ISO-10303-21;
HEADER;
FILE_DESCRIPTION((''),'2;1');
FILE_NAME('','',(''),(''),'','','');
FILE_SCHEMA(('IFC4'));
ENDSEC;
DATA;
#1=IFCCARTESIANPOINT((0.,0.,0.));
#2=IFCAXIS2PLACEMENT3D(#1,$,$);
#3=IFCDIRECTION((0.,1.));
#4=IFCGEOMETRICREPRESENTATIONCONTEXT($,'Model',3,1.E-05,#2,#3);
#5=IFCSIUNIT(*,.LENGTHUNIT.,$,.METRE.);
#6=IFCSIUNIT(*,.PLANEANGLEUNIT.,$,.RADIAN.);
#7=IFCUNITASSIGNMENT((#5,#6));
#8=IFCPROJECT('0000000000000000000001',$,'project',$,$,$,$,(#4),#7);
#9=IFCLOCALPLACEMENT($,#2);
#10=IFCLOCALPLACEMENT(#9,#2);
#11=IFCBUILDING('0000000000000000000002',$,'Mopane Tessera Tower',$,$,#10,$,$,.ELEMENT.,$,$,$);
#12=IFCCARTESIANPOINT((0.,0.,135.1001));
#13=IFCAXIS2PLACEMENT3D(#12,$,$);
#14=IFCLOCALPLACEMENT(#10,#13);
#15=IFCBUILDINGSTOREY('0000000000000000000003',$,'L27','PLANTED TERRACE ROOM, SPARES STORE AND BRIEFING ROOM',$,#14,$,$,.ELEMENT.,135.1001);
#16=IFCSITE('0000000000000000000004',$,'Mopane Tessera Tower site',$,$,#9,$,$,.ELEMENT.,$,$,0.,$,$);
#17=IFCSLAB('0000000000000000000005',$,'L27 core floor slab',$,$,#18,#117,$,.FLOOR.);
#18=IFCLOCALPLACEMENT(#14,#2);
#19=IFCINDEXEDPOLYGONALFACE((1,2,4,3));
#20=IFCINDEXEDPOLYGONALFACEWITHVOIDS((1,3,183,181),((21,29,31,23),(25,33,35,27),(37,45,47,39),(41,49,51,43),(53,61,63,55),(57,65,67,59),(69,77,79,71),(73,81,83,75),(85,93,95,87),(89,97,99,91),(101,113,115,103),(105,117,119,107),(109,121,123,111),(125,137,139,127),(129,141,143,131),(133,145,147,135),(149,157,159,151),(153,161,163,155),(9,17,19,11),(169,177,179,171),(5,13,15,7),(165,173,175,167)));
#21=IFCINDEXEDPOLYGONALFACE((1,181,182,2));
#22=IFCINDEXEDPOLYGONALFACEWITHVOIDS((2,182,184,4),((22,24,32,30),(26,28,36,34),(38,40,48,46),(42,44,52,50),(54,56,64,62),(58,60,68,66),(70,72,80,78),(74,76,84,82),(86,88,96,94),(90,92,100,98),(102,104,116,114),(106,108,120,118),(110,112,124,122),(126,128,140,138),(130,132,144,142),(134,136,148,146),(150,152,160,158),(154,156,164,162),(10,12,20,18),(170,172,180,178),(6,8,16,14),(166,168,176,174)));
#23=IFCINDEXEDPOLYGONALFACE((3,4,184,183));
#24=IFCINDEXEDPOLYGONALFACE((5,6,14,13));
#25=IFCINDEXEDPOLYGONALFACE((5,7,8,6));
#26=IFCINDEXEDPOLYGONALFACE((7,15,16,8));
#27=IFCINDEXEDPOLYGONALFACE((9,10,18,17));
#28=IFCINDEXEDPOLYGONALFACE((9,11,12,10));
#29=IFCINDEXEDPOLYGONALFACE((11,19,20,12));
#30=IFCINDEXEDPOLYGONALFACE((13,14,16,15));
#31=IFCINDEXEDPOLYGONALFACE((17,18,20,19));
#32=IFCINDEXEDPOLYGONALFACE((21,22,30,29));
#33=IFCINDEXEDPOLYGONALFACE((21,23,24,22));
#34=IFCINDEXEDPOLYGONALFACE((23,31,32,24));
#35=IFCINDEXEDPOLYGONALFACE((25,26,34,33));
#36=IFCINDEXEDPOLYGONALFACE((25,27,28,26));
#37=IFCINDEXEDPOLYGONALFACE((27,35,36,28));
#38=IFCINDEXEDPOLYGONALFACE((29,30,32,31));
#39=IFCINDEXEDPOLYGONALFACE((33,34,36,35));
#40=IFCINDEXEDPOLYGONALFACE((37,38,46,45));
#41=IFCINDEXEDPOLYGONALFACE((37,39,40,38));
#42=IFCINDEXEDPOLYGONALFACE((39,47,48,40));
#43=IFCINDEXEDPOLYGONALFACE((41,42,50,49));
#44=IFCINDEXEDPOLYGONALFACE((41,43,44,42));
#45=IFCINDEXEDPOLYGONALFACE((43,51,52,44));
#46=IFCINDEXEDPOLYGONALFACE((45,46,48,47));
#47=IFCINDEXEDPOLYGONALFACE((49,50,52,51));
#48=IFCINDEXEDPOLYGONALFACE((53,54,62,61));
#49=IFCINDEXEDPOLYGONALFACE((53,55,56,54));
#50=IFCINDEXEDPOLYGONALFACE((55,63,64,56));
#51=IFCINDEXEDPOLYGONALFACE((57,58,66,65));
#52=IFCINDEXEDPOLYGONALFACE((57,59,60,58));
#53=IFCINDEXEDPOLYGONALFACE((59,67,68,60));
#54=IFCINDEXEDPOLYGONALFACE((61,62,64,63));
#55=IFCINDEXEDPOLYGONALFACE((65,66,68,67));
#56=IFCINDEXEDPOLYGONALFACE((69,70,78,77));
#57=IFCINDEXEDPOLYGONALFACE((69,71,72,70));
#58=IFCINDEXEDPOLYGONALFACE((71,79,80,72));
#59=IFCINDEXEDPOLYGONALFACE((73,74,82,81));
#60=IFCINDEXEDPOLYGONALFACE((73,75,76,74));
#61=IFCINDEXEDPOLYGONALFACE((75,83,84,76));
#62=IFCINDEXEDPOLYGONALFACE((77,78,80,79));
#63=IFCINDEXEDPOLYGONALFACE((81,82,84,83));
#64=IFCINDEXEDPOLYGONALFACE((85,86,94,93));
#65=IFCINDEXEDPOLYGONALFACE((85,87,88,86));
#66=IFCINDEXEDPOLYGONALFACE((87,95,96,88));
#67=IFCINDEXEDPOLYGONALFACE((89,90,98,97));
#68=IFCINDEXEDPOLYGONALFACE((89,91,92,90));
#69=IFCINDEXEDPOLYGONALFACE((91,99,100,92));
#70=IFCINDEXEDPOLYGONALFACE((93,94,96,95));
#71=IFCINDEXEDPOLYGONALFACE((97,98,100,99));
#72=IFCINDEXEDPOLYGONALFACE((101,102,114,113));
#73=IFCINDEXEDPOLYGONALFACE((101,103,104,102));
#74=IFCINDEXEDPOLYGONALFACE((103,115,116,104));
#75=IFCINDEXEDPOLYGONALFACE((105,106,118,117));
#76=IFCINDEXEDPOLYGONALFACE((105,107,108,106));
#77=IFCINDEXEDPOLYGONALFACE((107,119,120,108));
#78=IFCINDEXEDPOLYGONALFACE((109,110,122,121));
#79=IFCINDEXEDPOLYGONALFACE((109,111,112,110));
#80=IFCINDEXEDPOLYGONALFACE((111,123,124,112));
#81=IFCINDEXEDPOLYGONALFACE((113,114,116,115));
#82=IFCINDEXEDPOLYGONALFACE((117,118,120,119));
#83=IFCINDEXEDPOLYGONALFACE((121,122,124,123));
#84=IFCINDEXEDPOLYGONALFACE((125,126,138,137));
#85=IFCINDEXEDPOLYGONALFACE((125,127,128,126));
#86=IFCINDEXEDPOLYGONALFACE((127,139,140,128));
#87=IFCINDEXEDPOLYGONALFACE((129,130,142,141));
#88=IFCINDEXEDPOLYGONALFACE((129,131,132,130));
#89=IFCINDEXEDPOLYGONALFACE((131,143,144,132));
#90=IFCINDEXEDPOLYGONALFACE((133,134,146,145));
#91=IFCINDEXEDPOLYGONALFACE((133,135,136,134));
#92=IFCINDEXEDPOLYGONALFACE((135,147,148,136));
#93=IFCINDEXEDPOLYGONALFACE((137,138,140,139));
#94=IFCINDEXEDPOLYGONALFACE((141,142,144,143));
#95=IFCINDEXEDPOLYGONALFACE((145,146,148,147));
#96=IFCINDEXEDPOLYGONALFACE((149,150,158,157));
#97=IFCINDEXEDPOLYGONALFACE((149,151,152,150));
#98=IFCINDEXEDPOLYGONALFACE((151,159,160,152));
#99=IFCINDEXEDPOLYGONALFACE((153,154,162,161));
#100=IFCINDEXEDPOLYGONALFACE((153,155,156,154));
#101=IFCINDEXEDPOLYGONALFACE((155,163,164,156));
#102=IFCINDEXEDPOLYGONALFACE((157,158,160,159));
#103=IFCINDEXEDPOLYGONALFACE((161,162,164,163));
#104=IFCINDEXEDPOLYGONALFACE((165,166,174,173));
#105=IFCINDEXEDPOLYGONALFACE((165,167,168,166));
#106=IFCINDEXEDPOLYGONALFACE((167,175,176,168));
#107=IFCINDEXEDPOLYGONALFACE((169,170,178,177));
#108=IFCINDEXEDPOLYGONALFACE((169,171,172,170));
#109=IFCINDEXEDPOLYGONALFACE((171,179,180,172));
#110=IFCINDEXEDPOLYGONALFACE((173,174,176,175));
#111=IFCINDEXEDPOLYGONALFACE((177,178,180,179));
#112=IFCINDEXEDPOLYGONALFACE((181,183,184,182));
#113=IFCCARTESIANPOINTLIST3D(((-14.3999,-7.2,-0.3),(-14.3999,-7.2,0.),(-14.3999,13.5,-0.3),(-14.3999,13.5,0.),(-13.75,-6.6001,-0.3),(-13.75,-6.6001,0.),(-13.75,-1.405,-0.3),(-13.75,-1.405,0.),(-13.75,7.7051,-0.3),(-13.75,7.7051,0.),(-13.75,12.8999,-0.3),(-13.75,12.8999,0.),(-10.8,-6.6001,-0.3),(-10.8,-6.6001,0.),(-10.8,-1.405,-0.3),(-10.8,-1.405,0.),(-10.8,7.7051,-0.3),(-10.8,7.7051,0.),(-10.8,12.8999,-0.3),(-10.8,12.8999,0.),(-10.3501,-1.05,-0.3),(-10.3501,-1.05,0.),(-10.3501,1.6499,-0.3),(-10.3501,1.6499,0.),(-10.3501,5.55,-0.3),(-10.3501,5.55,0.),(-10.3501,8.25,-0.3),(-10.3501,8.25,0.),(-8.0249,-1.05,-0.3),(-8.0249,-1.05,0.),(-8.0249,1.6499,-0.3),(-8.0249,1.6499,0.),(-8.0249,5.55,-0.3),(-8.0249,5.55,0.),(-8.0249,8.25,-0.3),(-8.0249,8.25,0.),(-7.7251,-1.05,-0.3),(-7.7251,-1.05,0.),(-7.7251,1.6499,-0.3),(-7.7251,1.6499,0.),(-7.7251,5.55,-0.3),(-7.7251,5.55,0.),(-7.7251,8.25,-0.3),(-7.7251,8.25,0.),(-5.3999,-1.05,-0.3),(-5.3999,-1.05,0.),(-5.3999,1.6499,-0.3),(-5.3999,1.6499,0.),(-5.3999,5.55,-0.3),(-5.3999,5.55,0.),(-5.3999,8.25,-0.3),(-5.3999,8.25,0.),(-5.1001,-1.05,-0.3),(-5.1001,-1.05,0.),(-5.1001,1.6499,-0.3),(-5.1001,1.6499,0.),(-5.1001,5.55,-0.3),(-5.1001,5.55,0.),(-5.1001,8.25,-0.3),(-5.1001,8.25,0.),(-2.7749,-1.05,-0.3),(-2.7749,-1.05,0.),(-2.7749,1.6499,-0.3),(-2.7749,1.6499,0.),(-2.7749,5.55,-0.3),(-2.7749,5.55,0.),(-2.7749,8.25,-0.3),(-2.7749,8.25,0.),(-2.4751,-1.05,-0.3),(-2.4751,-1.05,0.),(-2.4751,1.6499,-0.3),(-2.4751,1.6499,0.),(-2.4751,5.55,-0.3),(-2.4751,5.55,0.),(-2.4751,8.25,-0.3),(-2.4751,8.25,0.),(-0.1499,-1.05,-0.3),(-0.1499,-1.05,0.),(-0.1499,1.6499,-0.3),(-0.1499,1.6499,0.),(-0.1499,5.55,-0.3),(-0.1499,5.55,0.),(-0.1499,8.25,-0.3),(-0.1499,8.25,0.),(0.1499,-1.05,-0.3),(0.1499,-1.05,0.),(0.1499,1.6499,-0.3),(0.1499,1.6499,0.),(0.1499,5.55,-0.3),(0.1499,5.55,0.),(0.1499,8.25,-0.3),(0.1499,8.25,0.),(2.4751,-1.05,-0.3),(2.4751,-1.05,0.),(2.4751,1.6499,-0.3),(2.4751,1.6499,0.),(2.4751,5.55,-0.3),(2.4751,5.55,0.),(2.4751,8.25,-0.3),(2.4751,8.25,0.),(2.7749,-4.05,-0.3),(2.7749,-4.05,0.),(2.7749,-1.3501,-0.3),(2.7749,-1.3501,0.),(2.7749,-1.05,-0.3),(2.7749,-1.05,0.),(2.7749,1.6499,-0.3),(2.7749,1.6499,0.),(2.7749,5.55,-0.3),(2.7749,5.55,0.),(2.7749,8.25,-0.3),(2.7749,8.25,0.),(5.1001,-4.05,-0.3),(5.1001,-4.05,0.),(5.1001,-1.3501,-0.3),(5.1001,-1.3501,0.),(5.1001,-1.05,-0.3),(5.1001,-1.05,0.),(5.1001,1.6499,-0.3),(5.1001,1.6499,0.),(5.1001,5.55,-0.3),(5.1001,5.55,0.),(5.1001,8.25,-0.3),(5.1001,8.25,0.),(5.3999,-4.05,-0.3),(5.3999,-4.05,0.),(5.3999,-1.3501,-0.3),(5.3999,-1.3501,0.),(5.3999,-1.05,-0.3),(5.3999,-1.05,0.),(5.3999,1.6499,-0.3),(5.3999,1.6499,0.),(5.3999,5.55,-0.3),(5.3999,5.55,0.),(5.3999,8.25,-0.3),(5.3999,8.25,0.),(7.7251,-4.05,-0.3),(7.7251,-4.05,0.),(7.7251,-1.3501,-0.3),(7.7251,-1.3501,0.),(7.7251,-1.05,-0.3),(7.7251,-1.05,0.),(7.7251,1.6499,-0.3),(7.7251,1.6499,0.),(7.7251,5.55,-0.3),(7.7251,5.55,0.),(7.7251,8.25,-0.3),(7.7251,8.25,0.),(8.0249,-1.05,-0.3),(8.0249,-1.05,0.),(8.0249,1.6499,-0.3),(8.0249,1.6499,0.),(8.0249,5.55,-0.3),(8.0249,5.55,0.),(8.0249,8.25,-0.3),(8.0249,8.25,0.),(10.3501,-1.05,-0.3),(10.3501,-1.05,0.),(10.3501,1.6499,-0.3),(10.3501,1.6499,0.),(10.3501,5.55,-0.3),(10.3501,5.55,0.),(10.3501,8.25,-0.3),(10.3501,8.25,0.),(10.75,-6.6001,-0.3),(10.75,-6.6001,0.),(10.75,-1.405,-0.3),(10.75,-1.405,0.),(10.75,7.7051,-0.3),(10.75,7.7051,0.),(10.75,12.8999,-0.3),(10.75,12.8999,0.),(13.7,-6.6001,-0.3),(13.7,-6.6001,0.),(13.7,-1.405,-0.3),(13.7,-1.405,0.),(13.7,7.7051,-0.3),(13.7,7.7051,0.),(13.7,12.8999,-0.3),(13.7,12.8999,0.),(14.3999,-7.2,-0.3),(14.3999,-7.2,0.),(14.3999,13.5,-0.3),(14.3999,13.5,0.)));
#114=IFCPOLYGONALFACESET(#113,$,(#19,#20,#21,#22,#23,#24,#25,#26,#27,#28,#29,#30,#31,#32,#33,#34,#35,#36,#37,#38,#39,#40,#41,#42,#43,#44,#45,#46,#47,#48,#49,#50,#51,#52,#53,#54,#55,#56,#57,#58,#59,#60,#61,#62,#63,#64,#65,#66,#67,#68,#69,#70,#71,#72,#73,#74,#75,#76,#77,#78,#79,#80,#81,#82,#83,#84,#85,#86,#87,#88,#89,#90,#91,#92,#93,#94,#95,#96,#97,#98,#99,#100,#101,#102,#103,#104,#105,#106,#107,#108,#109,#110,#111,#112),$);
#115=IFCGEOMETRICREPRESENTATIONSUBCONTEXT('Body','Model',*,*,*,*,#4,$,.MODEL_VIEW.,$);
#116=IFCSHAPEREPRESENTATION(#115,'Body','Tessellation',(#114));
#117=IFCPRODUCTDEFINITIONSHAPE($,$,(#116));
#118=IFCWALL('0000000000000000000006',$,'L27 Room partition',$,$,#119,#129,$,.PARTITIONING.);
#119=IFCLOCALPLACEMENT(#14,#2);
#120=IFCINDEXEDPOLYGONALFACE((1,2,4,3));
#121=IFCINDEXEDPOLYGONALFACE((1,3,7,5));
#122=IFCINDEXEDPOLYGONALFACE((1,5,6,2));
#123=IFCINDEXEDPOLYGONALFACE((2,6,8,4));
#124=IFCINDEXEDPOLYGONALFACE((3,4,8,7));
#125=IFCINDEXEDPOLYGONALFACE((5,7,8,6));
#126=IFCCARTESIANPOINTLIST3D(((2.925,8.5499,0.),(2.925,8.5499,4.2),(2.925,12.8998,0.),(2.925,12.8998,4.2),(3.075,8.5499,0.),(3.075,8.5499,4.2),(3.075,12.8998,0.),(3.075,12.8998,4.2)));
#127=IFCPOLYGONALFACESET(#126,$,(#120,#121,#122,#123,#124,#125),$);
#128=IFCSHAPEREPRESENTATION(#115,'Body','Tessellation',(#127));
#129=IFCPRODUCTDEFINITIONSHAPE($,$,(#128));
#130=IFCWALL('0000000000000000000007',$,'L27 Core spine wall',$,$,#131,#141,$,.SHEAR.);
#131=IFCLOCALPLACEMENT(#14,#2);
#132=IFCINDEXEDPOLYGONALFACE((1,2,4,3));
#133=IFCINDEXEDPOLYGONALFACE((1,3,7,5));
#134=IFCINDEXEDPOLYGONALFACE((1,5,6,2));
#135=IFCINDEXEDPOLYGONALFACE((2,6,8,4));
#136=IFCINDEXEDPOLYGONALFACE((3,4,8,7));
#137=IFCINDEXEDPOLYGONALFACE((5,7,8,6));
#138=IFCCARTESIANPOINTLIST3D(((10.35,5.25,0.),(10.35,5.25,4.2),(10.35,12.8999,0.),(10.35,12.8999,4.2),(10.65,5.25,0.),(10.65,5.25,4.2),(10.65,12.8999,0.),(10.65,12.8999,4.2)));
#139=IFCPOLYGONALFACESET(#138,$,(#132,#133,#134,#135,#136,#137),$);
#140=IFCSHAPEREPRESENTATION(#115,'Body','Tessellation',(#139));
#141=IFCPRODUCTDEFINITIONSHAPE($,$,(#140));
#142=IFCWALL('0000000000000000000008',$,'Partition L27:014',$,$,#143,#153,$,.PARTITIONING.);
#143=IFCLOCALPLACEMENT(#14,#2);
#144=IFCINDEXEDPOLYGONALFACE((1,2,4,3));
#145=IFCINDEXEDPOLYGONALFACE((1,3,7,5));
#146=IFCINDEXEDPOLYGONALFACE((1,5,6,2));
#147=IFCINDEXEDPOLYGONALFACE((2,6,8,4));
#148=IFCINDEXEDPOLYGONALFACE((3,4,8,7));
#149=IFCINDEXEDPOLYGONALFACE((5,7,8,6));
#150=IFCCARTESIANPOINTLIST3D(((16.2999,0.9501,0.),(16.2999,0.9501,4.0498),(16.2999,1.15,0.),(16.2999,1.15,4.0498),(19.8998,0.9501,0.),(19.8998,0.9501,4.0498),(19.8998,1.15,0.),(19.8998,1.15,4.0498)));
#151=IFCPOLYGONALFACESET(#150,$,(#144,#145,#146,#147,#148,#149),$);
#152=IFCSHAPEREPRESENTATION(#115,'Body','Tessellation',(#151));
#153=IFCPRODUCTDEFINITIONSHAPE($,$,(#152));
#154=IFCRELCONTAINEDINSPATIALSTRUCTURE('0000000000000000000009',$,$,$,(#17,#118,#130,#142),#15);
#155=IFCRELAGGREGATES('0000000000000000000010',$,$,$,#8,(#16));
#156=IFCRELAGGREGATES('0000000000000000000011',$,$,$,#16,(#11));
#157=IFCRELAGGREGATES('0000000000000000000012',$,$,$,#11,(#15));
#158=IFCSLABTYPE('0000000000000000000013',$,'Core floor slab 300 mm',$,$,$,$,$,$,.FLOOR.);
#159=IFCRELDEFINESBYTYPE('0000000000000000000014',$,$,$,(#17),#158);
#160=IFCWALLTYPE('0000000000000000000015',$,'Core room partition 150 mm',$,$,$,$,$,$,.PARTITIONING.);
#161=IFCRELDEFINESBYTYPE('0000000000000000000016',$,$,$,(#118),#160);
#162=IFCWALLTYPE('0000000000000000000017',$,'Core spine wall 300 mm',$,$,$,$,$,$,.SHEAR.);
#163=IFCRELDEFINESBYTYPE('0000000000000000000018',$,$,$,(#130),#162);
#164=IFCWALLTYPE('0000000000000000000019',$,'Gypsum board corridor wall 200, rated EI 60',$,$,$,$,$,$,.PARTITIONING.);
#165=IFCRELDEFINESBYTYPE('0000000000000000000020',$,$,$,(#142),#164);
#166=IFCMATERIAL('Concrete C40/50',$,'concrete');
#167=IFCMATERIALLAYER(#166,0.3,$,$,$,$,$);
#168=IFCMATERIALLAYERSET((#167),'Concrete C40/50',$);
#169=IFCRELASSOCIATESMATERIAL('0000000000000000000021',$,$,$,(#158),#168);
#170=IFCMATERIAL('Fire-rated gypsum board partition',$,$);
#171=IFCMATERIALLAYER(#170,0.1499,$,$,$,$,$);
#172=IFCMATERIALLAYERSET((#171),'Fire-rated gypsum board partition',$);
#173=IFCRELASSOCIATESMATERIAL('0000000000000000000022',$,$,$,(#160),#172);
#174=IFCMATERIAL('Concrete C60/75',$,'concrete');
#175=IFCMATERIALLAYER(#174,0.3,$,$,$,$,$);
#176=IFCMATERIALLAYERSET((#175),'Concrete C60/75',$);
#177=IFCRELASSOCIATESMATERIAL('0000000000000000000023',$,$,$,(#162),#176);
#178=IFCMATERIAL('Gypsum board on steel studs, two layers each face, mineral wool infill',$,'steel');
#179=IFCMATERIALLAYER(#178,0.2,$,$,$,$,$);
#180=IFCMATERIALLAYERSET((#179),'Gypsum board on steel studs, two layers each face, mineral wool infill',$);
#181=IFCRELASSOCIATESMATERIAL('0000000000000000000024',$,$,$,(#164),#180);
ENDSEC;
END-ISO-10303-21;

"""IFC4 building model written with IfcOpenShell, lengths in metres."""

from ifc_helpers import new_model, si_unit, direction, frame, frame_2d, origin, place, context, subcontext, project, spatial, polyline, rectangle, outline, extrude, material, layer, layer_set, type_object, element, save


model = new_model("IFC4")

# Units and contexts
model_context = context("Model", 3, precision=1e-05, world=origin(), true_north=direction((0.0, 1.0)))
body_context = subcontext(model_context, "Body", "Model", "MODEL_VIEW")
ifc_project = project(units=[si_unit("LENGTHUNIT", "METRE"), si_unit("PLANEANGLEUNIT", "RADIAN")], contexts=[model_context])

# Site, building, storey
site_placement = place(None, origin())
site = spatial("IfcSite", under=ifc_project, at=site_placement, Name="Mopane Tessera Tower site", CompositionType="ELEMENT", RefElevation=0.0)
building_placement = place(site_placement, origin())
building = spatial("IfcBuilding", under=site, at=building_placement, Name="Mopane Tessera Tower", CompositionType="ELEMENT")
storey_placement = place(building_placement, frame((0.0, 0.0, 135.1001)))
storey = spatial("IfcBuildingStorey", under=building, at=storey_placement, Name="L27", Description="PLANTED TERRACE ROOM, SPARES STORE AND BRIEFING ROOM", CompositionType="ELEMENT", Elevation=135.1001)

# Slab
ifc_material_1 = material(Name="Concrete C40/50", Category="concrete")
ifc_layer_1 = layer(ifc_material_1, 0.3)
ifc_layer_set_1 = layer_set([ifc_layer_1], Name="Concrete C40/50")
slab_type = type_object("IfcSlabType", Name="Core floor slab 300 mm", PredefinedType="FLOOR", material=ifc_layer_set_1)
slab_placement = place(storey_placement, frame((0.0, 0.0, -0.3)))
element("IfcSlab", 1, at=slab_placement, inside=storey, type_object=slab_type, Name="L27 core floor slab", PredefinedType="FLOOR", context=body_context, shape_type="SweptSolid", body=[
    extrude(outline(polyline([(-14.3999, -7.2), (14.3999, -7.2), (14.3999, 13.5), (-14.3999, 13.5), (-14.3999, -7.2)]), holes=[polyline([(-10.3501, -1.05), (-8.0249, -1.05), (-8.0249, 1.6499), (-10.3501, 1.6499), (-10.3501, -1.05)]), polyline([(-7.7251, -1.05), (-5.3999, -1.05), (-5.3999, 1.6499), (-7.7251, 1.6499), (-7.7251, -1.05)]), polyline([(-5.1001, -1.05), (-2.7749, -1.05), (-2.7749, 1.6499), (-5.1001, 1.6499), (-5.1001, -1.05)]), polyline([(-2.4751, -1.05), (-0.1499, -1.05), (-0.1499, 1.6499), (-2.4751, 1.6499), (-2.4751, -1.05)]), polyline([(0.1499, -1.05), (2.4751, -1.05), (2.4751, 1.6499), (0.1499, 1.6499), (0.1499, -1.05)]), polyline([(2.7749, -1.05), (5.1001, -1.05), (5.1001, 1.6499), (2.7749, 1.6499), (2.7749, -1.05)]), polyline([(5.3999, -1.05), (7.7251, -1.05), (7.7251, 1.6499), (5.3999, 1.6499), (5.3999, -1.05)]), polyline([(8.0249, -1.05), (10.3501, -1.05), (10.3501, 1.6499), (8.0249, 1.6499), (8.0249, -1.05)]), polyline([(-10.3501, 5.55), (-8.0249, 5.55), (-8.0249, 8.25), (-10.3501, 8.25), (-10.3501, 5.55)]), polyline([(-7.7251, 5.55), (-5.3999, 5.55), (-5.3999, 8.25), (-7.7251, 8.25), (-7.7251, 5.55)]), polyline([(-5.1001, 5.55), (-2.7749, 5.55), (-2.7749, 8.25), (-5.1001, 8.25), (-5.1001, 5.55)]), polyline([(-2.4751, 5.55), (-0.1499, 5.55), (-0.1499, 8.25), (-2.4751, 8.25), (-2.4751, 5.55)]), polyline([(0.1499, 5.55), (2.4751, 5.55), (2.4751, 8.25), (0.1499, 8.25), (0.1499, 5.55)]), polyline([(2.7749, 5.55), (5.1001, 5.55), (5.1001, 8.25), (2.7749, 8.25), (2.7749, 5.55)]), polyline([(5.3999, 5.55), (7.7251, 5.55), (7.7251, 8.25), (5.3999, 8.25), (5.3999, 5.55)]), polyline([(8.0249, 5.55), (10.3501, 5.55), (10.3501, 8.25), (8.0249, 8.25), (8.0249, 5.55)]), polyline([(2.7749, -4.05), (5.1001, -4.05), (5.1001, -1.3501), (2.7749, -1.3501), (2.7749, -4.05)]), polyline([(5.3999, -4.05), (7.7251, -4.05), (7.7251, -1.3501), (5.3999, -1.3501), (5.3999, -4.05)]), polyline([(-13.75, -1.405), (-13.75, -6.6001), (-10.8, -6.6001), (-10.8, -1.405), (-13.75, -1.405)]), polyline([(-10.8, 7.7051), (-10.8, 12.8999), (-13.75, 12.8999), (-13.75, 7.7051), (-10.8, 7.7051)]), polyline([(10.75, -1.405), (10.75, -6.6001), (13.7, -6.6001), (13.7, -1.405), (10.75, -1.405)]), polyline([(13.7, 7.7051), (13.7, 12.8999), (10.75, 12.8999), (10.75, 7.7051), (13.7, 7.7051)])]), origin(), (0.0, 0.0, 1.0), 0.3),
])

# Walls
ifc_material_2 = material(Name="Fire-rated gypsum board partition")
ifc_layer_2 = layer(ifc_material_2, 0.1499)
ifc_layer_set_2 = layer_set([ifc_layer_2], Name="Fire-rated gypsum board partition")
wall_type_1 = type_object("IfcWallType", Name="Core room partition 150 mm", PredefinedType="PARTITIONING", material=ifc_layer_set_2)
wall_1_placement = place(storey_placement, frame((3.0, 8.55, 0.0), z_axis=(0.0, 0.0, 1.0), x_axis=(0.0, 1.0, 0.0)))
element("IfcWall", 2, at=wall_1_placement, inside=storey, type_object=wall_type_1, Name="L27 Room partition", PredefinedType="PARTITIONING", context=body_context, shape_type="SweptSolid", body=[
    extrude(rectangle(XDim=4.3499, YDim=0.1499, at=frame_2d((2.1748, 0.0))), origin(), (0.0, 0.0, 1.0), 4.2),
])
ifc_material_3 = material(Name="Concrete C60/75", Category="concrete")
ifc_layer_3 = layer(ifc_material_3, 0.3)
ifc_layer_set_3 = layer_set([ifc_layer_3], Name="Concrete C60/75")
wall_type_2 = type_object("IfcWallType", Name="Core spine wall 300 mm", PredefinedType="SHEAR", material=ifc_layer_set_3)
wall_2_placement = place(storey_placement, frame((10.5, 5.25, 0.0), z_axis=(0.0, 0.0, 1.0), x_axis=(0.0, 1.0, 0.0)))
element("IfcWall", 3, at=wall_2_placement, inside=storey, type_object=wall_type_2, Name="L27 Core spine wall", PredefinedType="SHEAR", context=body_context, shape_type="SweptSolid", body=[
    extrude(rectangle(XDim=7.6499, YDim=0.3, at=frame_2d((3.825, 0.0))), origin(), (0.0, 0.0, 1.0), 4.2),
])
ifc_material_4 = material(Name="Gypsum board on steel studs, two layers each face, mineral wool infill", Category="steel")
ifc_layer_4 = layer(ifc_material_4, 0.2)
ifc_layer_set_4 = layer_set([ifc_layer_4], Name="Gypsum board on steel studs, two layers each face, mineral wool infill")
wall_type_3 = type_object("IfcWallType", Name="Gypsum board corridor wall 200, rated EI 60", PredefinedType="PARTITIONING", material=ifc_layer_set_4)
wall_3_placement = place(storey_placement, frame((16.3, 1.05, 0.0), z_axis=(0.0, 0.0, 1.0), x_axis=(1.0, 0.0, 0.0)))
element("IfcWall", 4, at=wall_3_placement, inside=storey, type_object=wall_type_3, Name="Partition L27:014", PredefinedType="PARTITIONING", context=body_context, shape_type="SweptSolid", body=[
    extrude(rectangle(XDim=3.5999, YDim=0.2, at=frame_2d((1.7998, 0.0))), origin(), (0.0, 0.0, 1.0), 4.0498),
])

save(model, "model.ifc")
